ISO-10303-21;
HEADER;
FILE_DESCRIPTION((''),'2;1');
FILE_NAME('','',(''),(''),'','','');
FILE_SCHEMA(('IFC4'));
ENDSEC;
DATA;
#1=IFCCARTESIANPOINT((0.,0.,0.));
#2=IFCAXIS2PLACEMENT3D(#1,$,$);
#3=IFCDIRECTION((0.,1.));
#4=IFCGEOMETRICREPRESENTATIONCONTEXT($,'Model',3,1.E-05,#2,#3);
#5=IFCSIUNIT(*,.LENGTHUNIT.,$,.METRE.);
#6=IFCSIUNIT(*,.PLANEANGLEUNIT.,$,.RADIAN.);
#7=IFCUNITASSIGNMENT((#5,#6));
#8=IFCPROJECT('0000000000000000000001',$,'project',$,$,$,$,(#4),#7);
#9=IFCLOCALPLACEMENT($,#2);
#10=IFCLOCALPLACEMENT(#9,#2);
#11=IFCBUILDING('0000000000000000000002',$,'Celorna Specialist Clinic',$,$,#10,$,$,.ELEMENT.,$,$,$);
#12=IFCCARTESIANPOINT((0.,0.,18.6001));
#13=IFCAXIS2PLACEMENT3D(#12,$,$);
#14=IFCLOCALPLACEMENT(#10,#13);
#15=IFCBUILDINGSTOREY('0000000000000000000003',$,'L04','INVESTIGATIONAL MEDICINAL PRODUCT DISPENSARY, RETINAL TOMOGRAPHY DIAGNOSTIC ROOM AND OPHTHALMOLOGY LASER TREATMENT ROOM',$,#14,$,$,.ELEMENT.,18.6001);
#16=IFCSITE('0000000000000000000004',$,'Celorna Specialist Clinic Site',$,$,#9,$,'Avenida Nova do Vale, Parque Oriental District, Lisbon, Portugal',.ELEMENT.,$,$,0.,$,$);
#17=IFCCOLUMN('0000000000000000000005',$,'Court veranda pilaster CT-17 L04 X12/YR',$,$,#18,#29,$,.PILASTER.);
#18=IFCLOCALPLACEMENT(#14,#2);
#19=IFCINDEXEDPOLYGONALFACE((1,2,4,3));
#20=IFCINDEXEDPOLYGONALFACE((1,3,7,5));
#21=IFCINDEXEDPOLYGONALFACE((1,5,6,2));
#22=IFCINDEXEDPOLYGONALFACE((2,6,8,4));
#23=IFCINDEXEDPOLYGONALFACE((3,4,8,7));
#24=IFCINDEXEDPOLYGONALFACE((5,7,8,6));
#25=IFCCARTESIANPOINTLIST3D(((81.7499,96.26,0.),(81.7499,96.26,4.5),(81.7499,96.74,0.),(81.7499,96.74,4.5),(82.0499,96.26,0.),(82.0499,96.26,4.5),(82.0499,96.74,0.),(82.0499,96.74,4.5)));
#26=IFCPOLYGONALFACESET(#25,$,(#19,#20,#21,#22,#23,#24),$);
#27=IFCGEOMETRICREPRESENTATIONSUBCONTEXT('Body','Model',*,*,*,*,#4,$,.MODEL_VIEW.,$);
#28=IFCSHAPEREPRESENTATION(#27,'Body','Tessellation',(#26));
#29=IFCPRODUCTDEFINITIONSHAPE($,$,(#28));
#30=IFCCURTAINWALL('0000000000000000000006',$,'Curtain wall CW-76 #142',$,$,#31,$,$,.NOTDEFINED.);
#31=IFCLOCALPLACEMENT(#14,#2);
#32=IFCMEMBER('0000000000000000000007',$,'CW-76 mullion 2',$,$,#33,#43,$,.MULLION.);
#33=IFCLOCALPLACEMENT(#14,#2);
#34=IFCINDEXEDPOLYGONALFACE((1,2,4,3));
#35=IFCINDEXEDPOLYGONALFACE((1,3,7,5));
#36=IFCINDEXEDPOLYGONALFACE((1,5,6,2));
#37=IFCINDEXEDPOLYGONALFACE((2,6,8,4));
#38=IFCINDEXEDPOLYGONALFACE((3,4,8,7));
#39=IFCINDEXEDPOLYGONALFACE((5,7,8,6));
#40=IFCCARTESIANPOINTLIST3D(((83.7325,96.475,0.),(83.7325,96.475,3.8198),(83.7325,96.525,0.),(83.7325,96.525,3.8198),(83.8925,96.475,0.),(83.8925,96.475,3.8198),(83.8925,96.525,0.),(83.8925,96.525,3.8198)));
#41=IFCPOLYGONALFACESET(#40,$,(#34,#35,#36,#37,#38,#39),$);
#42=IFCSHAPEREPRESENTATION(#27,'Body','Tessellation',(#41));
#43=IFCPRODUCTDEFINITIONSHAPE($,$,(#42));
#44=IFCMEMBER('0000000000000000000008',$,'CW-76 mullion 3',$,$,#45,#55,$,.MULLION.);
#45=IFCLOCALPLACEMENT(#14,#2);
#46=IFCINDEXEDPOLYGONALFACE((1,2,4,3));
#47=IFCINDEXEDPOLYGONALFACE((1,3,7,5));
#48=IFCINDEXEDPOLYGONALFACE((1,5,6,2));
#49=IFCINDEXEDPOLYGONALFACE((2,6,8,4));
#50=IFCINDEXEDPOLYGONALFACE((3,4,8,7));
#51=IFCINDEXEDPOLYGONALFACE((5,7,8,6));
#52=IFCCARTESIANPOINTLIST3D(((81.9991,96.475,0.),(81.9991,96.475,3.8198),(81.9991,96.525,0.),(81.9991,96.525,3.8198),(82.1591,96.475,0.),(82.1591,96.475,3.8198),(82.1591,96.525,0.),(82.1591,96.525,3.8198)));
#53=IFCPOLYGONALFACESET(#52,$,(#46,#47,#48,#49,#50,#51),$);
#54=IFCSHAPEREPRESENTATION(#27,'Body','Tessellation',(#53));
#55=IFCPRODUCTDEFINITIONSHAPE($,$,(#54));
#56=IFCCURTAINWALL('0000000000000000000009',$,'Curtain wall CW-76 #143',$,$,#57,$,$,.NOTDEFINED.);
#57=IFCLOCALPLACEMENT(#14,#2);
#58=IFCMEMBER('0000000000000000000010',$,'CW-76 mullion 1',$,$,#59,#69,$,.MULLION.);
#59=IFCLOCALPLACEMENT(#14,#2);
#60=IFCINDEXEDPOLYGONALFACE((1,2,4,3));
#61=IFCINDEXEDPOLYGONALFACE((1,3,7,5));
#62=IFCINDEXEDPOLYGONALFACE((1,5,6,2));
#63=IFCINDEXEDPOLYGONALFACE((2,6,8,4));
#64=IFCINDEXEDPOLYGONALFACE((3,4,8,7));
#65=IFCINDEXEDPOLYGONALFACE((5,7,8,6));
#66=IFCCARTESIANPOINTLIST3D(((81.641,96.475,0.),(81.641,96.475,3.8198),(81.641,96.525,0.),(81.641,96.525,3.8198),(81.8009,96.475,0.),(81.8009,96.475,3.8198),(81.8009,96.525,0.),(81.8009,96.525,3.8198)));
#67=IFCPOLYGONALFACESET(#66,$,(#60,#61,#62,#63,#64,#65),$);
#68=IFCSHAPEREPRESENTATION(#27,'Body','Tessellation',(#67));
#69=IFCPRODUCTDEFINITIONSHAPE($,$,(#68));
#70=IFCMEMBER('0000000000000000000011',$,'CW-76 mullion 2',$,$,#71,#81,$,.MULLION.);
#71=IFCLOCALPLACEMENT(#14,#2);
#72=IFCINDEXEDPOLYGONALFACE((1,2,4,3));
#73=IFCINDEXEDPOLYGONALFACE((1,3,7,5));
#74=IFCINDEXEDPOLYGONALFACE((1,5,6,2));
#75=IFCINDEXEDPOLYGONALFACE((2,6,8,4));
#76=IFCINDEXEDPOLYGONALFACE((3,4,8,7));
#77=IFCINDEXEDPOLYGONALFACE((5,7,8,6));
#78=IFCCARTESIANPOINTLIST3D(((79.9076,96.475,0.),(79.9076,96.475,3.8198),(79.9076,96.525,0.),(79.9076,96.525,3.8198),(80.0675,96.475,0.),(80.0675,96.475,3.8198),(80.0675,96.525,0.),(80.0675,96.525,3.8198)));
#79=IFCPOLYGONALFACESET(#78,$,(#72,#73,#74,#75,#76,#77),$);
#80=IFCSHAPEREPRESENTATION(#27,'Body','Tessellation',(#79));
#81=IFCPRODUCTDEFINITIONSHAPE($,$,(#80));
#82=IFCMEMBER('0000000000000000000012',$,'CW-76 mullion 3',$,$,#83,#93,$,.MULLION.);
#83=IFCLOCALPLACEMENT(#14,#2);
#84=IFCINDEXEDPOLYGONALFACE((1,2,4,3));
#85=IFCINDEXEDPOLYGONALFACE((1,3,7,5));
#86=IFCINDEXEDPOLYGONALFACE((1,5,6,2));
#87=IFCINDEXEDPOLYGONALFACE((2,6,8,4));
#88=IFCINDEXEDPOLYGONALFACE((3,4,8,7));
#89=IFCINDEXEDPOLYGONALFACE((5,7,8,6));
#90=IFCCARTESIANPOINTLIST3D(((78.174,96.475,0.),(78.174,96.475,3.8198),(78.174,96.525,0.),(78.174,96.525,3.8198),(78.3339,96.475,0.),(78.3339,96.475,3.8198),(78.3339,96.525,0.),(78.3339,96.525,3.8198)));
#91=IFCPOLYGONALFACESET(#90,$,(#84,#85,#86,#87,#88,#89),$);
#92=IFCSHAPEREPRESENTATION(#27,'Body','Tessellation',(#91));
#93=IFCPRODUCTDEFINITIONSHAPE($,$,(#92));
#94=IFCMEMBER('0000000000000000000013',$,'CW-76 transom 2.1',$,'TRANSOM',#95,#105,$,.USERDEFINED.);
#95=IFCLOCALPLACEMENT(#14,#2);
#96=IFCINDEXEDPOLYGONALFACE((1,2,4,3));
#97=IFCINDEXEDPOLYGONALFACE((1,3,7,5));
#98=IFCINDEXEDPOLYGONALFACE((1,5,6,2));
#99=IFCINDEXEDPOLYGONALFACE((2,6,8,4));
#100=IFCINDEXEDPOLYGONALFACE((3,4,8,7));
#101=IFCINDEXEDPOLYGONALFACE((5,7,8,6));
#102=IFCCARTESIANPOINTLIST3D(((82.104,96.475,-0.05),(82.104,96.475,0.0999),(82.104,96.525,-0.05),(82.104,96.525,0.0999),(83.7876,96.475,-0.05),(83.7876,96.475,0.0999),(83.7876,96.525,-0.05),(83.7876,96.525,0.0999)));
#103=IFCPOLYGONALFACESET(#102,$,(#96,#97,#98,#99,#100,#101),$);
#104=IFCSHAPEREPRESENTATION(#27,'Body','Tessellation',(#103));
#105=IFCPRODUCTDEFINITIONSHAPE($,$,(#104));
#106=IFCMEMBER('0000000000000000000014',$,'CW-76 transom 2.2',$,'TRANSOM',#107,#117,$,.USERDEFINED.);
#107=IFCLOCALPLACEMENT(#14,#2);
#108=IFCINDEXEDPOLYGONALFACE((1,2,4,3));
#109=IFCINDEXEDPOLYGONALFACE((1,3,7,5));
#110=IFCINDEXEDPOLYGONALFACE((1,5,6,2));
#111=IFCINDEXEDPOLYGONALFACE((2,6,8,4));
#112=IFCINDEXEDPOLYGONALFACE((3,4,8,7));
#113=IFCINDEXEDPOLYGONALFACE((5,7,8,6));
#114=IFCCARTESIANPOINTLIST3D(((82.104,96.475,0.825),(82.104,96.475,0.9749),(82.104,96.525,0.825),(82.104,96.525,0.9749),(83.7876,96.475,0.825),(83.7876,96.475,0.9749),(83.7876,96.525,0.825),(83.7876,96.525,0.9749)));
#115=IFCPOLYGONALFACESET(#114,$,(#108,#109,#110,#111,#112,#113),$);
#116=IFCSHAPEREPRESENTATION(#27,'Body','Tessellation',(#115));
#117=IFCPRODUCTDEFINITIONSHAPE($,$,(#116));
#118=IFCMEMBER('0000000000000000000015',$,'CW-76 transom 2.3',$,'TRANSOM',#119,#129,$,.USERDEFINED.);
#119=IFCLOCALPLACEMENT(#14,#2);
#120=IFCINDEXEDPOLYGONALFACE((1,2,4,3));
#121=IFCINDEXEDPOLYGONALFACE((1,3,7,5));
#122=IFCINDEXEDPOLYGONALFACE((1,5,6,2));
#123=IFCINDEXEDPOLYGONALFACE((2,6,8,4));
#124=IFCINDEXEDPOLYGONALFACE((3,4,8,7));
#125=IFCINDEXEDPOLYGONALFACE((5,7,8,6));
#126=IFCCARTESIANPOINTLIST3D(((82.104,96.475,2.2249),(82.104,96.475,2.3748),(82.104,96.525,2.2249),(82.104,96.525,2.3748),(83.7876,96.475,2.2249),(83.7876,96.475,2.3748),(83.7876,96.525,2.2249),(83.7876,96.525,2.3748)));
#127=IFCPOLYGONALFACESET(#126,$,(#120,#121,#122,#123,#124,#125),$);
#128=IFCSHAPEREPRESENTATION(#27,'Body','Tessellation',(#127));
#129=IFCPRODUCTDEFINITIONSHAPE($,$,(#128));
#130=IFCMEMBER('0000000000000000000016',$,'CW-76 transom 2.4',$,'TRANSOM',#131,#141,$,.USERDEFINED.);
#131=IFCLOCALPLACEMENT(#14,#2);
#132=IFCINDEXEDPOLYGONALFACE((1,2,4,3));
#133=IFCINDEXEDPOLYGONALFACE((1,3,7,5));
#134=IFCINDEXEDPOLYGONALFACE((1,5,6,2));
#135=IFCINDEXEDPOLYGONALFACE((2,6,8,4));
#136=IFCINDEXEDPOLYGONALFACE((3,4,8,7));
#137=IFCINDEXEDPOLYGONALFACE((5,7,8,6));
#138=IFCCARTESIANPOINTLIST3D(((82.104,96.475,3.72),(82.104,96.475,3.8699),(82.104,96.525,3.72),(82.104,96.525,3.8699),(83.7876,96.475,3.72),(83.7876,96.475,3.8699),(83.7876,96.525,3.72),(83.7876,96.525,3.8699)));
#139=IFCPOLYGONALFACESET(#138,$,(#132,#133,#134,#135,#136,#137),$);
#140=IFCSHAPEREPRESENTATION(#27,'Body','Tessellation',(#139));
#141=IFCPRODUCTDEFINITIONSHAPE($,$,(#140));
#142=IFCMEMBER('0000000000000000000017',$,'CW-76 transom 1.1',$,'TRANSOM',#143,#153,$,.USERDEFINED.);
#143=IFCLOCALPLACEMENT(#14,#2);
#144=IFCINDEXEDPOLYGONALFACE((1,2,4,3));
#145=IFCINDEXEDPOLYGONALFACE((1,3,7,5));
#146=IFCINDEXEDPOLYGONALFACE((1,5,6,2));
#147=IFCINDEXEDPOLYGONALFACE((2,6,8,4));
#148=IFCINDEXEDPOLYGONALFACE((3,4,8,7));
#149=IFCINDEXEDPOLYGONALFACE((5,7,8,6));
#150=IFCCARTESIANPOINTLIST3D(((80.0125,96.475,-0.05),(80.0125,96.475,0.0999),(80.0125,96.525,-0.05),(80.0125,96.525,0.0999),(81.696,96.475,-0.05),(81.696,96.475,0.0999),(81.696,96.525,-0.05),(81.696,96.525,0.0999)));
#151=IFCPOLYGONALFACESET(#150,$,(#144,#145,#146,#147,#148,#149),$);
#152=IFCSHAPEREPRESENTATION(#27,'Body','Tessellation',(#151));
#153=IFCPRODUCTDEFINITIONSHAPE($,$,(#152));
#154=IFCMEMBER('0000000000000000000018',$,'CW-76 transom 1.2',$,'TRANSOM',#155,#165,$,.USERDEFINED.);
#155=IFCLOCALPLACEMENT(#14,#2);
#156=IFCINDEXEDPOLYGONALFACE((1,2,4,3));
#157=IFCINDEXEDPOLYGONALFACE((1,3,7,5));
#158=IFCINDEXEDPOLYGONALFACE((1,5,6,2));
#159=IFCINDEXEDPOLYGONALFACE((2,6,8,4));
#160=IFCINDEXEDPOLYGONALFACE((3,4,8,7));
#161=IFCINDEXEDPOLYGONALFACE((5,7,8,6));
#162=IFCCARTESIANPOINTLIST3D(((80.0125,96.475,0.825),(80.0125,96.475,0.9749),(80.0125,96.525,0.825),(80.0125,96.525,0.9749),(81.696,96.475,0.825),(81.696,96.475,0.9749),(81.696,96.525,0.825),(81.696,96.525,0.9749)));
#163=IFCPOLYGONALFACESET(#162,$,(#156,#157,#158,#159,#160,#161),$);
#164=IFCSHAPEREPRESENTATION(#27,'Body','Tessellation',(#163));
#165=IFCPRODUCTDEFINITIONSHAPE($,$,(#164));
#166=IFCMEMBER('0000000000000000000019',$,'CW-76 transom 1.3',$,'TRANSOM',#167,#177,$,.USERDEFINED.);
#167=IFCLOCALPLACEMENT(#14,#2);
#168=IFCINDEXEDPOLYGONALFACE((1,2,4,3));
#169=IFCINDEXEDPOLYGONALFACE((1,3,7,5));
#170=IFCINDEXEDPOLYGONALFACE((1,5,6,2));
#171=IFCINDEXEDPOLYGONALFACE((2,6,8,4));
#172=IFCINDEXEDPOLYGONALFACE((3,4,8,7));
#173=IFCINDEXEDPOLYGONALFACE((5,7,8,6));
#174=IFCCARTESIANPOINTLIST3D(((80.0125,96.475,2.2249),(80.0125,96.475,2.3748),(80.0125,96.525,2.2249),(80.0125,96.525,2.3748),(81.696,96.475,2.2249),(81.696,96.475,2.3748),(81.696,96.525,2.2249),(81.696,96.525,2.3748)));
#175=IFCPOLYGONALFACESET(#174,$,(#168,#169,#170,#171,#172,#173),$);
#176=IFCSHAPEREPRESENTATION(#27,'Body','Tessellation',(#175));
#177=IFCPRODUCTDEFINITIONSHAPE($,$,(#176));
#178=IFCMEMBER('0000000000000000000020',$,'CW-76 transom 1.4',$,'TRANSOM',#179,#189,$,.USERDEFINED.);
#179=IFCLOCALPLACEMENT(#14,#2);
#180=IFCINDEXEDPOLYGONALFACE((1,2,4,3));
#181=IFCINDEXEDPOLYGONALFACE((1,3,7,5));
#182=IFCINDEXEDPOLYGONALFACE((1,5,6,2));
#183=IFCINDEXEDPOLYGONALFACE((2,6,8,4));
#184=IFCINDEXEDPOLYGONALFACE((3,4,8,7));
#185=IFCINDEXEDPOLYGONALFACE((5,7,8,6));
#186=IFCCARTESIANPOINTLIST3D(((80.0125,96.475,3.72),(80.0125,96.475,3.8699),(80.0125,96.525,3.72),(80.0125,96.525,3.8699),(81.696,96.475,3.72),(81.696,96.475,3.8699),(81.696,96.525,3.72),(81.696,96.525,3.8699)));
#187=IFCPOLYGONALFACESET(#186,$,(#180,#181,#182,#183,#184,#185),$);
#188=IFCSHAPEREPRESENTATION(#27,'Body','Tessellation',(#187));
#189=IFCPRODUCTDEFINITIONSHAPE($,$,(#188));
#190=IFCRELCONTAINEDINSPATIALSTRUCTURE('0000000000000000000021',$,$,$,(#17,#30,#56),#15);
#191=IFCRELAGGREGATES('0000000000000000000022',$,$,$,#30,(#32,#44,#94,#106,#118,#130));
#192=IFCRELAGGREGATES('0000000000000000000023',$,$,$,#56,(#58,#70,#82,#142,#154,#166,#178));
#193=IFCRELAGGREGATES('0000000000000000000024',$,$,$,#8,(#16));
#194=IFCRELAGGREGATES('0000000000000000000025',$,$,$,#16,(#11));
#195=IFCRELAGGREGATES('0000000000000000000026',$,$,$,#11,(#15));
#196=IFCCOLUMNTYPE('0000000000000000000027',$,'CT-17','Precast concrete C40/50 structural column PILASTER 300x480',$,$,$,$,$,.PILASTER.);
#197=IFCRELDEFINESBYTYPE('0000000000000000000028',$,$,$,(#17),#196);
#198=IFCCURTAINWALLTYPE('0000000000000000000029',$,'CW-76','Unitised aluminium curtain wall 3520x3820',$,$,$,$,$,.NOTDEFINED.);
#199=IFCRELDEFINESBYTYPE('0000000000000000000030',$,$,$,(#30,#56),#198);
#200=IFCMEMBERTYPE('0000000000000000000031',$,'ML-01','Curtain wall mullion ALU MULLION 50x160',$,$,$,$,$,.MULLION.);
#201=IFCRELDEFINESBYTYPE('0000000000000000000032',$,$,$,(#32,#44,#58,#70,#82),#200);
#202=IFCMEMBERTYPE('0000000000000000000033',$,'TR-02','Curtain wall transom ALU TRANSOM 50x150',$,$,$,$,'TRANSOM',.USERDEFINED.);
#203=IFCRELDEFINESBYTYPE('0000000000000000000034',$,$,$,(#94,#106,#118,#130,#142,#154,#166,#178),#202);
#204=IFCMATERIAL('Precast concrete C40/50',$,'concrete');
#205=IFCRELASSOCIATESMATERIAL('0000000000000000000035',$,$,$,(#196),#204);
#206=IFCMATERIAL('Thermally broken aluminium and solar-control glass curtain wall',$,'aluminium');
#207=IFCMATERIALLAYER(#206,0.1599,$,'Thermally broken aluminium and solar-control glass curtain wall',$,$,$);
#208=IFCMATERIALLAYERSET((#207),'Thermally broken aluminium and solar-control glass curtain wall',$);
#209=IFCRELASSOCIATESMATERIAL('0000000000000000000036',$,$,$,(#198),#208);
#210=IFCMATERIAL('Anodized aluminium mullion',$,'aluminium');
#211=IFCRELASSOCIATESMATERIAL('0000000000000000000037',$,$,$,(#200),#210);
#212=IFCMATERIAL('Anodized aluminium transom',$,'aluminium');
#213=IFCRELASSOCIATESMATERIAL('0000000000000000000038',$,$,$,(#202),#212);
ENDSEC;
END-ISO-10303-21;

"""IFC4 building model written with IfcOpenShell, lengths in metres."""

from ifc_helpers import new_model, si_unit, direction, frame, origin, origin_2d, place, context, subcontext, project, spatial, rectangle, extrude, material, layer, layer_set, material_profile, profile_set, type_object, element, aggregate, save


model = new_model("IFC4")

# Units and contexts
model_context = context("Model", 3, precision=1e-05, world=origin(), true_north=direction((0.0, 1.0)))
body_context = subcontext(model_context, "Body", "Model", "MODEL_VIEW")
ifc_project = project(units=[si_unit("LENGTHUNIT", "METRE"), si_unit("PLANEANGLEUNIT", "RADIAN")], contexts=[model_context])

# Site, building, storey
site_placement = place(None, origin())
site = spatial("IfcSite", under=ifc_project, at=site_placement, Name="Celorna Specialist Clinic Site", LongName="Avenida Nova do Vale, Parque Oriental District, Lisbon, Portugal", CompositionType="ELEMENT", RefElevation=0.0)
building_placement = place(site_placement, origin())
building = spatial("IfcBuilding", under=site, at=building_placement, Name="Celorna Specialist Clinic", CompositionType="ELEMENT")
storey_placement = place(building_placement, frame((0.0, 0.0, 18.6001)))
storey = spatial("IfcBuildingStorey", under=building, at=storey_placement, Name="L04", Description="INVESTIGATIONAL MEDICINAL PRODUCT DISPENSARY, RETINAL TOMOGRAPHY DIAGNOSTIC ROOM AND OPHTHALMOLOGY LASER TREATMENT ROOM", CompositionType="ELEMENT", Elevation=18.6001)

# Column
ifc_material_1 = material(Name="Precast concrete C40/50", Category="concrete")
ifc_material_profile_1 = material_profile(ifc_material_1, rectangle(XDim=0.3, YDim=0.48, at=origin_2d()), Name="PILASTER 300x480")
ifc_profile_set_1 = profile_set([ifc_material_profile_1], Name="Precast concrete C40/50")
column_type = type_object("IfcColumnType", Name="CT-17", Description="Precast concrete C40/50 structural column PILASTER 300x480", PredefinedType="PILASTER", material=ifc_profile_set_1)
column_placement = place(storey_placement, frame((81.8999, 96.5, 0.0), z_axis=(0.0, 0.0, 1.0), x_axis=(1.0, 0.0, 0.0)))
element("IfcColumn", 1, at=column_placement, inside=storey, type_object=column_type, Name="Court veranda pilaster CT-17 L04 X12/YR", PredefinedType="PILASTER", context=body_context, shape_type="SweptSolid", body=[
    extrude(rectangle(XDim=0.3, YDim=0.48, at=origin_2d()), origin(), (0.0, 0.0, 1.0), 4.5),
])

# Curtain walls, members
ifc_material_2 = material(Name="Thermally broken aluminium and solar-control glass curtain wall", Category="aluminium")
ifc_layer_1 = layer(ifc_material_2, 0.1599, Name="Thermally broken aluminium and solar-control glass curtain wall")
ifc_layer_set_1 = layer_set([ifc_layer_1], Name="Thermally broken aluminium and solar-control glass curtain wall")
curtain_wall_type = type_object("IfcCurtainWallType", Name="CW-76", Description="Unitised aluminium curtain wall 3520x3820", PredefinedType="NOTDEFINED", material=ifc_layer_set_1)
curtain_wall_1_placement = place(storey_placement, origin())
curtain_wall_1 = element("IfcCurtainWall", 2, at=curtain_wall_1_placement, inside=storey, type_object=curtain_wall_type, Name="Curtain wall CW-76 #142", PredefinedType="NOTDEFINED")
ifc_material_3 = material(Name="Anodized aluminium mullion", Category="aluminium")
ifc_material_profile_2 = material_profile(ifc_material_3, rectangle(XDim=0.05, YDim=0.1599, at=origin_2d()), Name="ALU MULLION 50x160")
ifc_profile_set_2 = profile_set([ifc_material_profile_2], Name="Anodized aluminium mullion")
member_type_1 = type_object("IfcMemberType", Name="ML-01", Description="Curtain wall mullion ALU MULLION 50x160", PredefinedType="MULLION", material=ifc_profile_set_2)
member_1_placement = place(storey_placement, frame((83.8125, 96.5, 0.0), z_axis=(0.0, 0.0, 1.0), x_axis=(0.0, -1.0, 0.0)))
member_1 = element("IfcMember", 3, at=member_1_placement, type_object=member_type_1, Name="CW-76 mullion 2", PredefinedType="MULLION", context=body_context, shape_type="SweptSolid", body=[
    extrude(rectangle(XDim=0.05, YDim=0.1599, at=origin_2d()), origin(), (0.0, 0.0, 1.0), 3.8198),
])
member_2_placement = place(storey_placement, frame((82.0791, 96.5, 0.0), z_axis=(0.0, 0.0, 1.0), x_axis=(0.0, -1.0, 0.0)))
member_2 = element("IfcMember", 4, at=member_2_placement, type_object=member_type_1, Name="CW-76 mullion 3", PredefinedType="MULLION", context=body_context, shape_type="SweptSolid", body=[
    extrude(rectangle(XDim=0.05, YDim=0.1599, at=origin_2d()), origin(), (0.0, 0.0, 1.0), 3.8198),
])
curtain_wall_2_placement = place(storey_placement, origin())
curtain_wall_2 = element("IfcCurtainWall", 5, at=curtain_wall_2_placement, inside=storey, type_object=curtain_wall_type, Name="Curtain wall CW-76 #143", PredefinedType="NOTDEFINED")
member_3_placement = place(storey_placement, frame((81.7209, 96.5, 0.0), z_axis=(0.0, 0.0, 1.0), x_axis=(0.0, -1.0, 0.0)))
member_3 = element("IfcMember", 6, at=member_3_placement, type_object=member_type_1, Name="CW-76 mullion 1", PredefinedType="MULLION", context=body_context, shape_type="SweptSolid", body=[
    extrude(rectangle(XDim=0.05, YDim=0.1599, at=origin_2d()), origin(), (0.0, 0.0, 1.0), 3.8198),
])
member_4_placement = place(storey_placement, frame((79.9875, 96.5, 0.0), z_axis=(0.0, 0.0, 1.0), x_axis=(0.0, -1.0, 0.0)))
member_4 = element("IfcMember", 7, at=member_4_placement, type_object=member_type_1, Name="CW-76 mullion 2", PredefinedType="MULLION", context=body_context, shape_type="SweptSolid", body=[
    extrude(rectangle(XDim=0.05, YDim=0.1599, at=origin_2d()), origin(), (0.0, 0.0, 1.0), 3.8198),
])
member_5_placement = place(storey_placement, frame((78.2539, 96.5, 0.0), z_axis=(0.0, 0.0, 1.0), x_axis=(0.0, -1.0, 0.0)))
member_5 = element("IfcMember", 8, at=member_5_placement, type_object=member_type_1, Name="CW-76 mullion 3", PredefinedType="MULLION", context=body_context, shape_type="SweptSolid", body=[
    extrude(rectangle(XDim=0.05, YDim=0.1599, at=origin_2d()), origin(), (0.0, 0.0, 1.0), 3.8198),
])

# Members
ifc_material_4 = material(Name="Anodized aluminium transom", Category="aluminium")
ifc_material_profile_3 = material_profile(ifc_material_4, rectangle(XDim=0.05, YDim=0.1499, at=origin_2d()), Name="ALU TRANSOM 50x150")
ifc_profile_set_3 = profile_set([ifc_material_profile_3], Name="Anodized aluminium transom")
member_type_2 = type_object("IfcMemberType", Name="TR-02", Description="Curtain wall transom ALU TRANSOM 50x150", ElementType="TRANSOM", PredefinedType="USERDEFINED", material=ifc_profile_set_3)
member_6_placement = place(storey_placement, frame((83.7876, 96.5, 0.0249), z_axis=(-1.0, 0.0, 0.0), x_axis=(0.0, -1.0, 0.0)))
member_6 = element("IfcMember", 9, at=member_6_placement, type_object=member_type_2, Name="CW-76 transom 2.1", ObjectType="TRANSOM", PredefinedType="USERDEFINED", context=body_context, shape_type="SweptSolid", body=[
    extrude(rectangle(XDim=0.05, YDim=0.1499, at=origin_2d()), origin(), (0.0, 0.0, 1.0), 1.6836),
])
member_7_placement = place(storey_placement, frame((83.7876, 96.5, 0.8999), z_axis=(-1.0, 0.0, 0.0), x_axis=(0.0, -1.0, 0.0)))
member_7 = element("IfcMember", 10, at=member_7_placement, type_object=member_type_2, Name="CW-76 transom 2.2", ObjectType="TRANSOM", PredefinedType="USERDEFINED", context=body_context, shape_type="SweptSolid", body=[
    extrude(rectangle(XDim=0.05, YDim=0.1499, at=origin_2d()), origin(), (0.0, 0.0, 1.0), 1.6836),
])
member_8_placement = place(storey_placement, frame((83.7876, 96.5, 2.2998), z_axis=(-1.0, 0.0, 0.0), x_axis=(0.0, -1.0, 0.0)))
member_8 = element("IfcMember", 11, at=member_8_placement, type_object=member_type_2, Name="CW-76 transom 2.3", ObjectType="TRANSOM", PredefinedType="USERDEFINED", context=body_context, shape_type="SweptSolid", body=[
    extrude(rectangle(XDim=0.05, YDim=0.1499, at=origin_2d()), origin(), (0.0, 0.0, 1.0), 1.6836),
])
member_9_placement = place(storey_placement, frame((83.7876, 96.5, 3.7949), z_axis=(-1.0, 0.0, 0.0), x_axis=(0.0, -1.0, 0.0)))
member_9 = element("IfcMember", 12, at=member_9_placement, type_object=member_type_2, Name="CW-76 transom 2.4", ObjectType="TRANSOM", PredefinedType="USERDEFINED", context=body_context, shape_type="SweptSolid", body=[
    extrude(rectangle(XDim=0.05, YDim=0.1499, at=origin_2d()), origin(), (0.0, 0.0, 1.0), 1.6836),
])
member_10_placement = place(storey_placement, frame((81.696, 96.5, 0.0249), z_axis=(-1.0, 0.0, 0.0), x_axis=(0.0, -1.0, 0.0)))
member_10 = element("IfcMember", 13, at=member_10_placement, type_object=member_type_2, Name="CW-76 transom 1.1", ObjectType="TRANSOM", PredefinedType="USERDEFINED", context=body_context, shape_type="SweptSolid", body=[
    extrude(rectangle(XDim=0.05, YDim=0.1499, at=origin_2d()), origin(), (0.0, 0.0, 1.0), 1.6836),
])
member_11_placement = place(storey_placement, frame((81.696, 96.5, 0.8999), z_axis=(-1.0, 0.0, 0.0), x_axis=(0.0, -1.0, 0.0)))
member_11 = element("IfcMember", 14, at=member_11_placement, type_object=member_type_2, Name="CW-76 transom 1.2", ObjectType="TRANSOM", PredefinedType="USERDEFINED", context=body_context, shape_type="SweptSolid", body=[
    extrude(rectangle(XDim=0.05, YDim=0.1499, at=origin_2d()), origin(), (0.0, 0.0, 1.0), 1.6836),
])
member_12_placement = place(storey_placement, frame((81.696, 96.5, 2.2998), z_axis=(-1.0, 0.0, 0.0), x_axis=(0.0, -1.0, 0.0)))
member_12 = element("IfcMember", 15, at=member_12_placement, type_object=member_type_2, Name="CW-76 transom 1.3", ObjectType="TRANSOM", PredefinedType="USERDEFINED", context=body_context, shape_type="SweptSolid", body=[
    extrude(rectangle(XDim=0.05, YDim=0.1499, at=origin_2d()), origin(), (0.0, 0.0, 1.0), 1.6836),
])
member_13_placement = place(storey_placement, frame((81.696, 96.5, 3.7949), z_axis=(-1.0, 0.0, 0.0), x_axis=(0.0, -1.0, 0.0)))
member_13 = element("IfcMember", 16, at=member_13_placement, type_object=member_type_2, Name="CW-76 transom 1.4", ObjectType="TRANSOM", PredefinedType="USERDEFINED", context=body_context, shape_type="SweptSolid", body=[
    extrude(rectangle(XDim=0.05, YDim=0.1499, at=origin_2d()), origin(), (0.0, 0.0, 1.0), 1.6836),
])

aggregate(curtain_wall_1, [member_1, member_2, member_6, member_7, member_8, member_9])
aggregate(curtain_wall_2, [member_3, member_4, member_5, member_10, member_11, member_12, member_13])

save(model, "model.ifc")
